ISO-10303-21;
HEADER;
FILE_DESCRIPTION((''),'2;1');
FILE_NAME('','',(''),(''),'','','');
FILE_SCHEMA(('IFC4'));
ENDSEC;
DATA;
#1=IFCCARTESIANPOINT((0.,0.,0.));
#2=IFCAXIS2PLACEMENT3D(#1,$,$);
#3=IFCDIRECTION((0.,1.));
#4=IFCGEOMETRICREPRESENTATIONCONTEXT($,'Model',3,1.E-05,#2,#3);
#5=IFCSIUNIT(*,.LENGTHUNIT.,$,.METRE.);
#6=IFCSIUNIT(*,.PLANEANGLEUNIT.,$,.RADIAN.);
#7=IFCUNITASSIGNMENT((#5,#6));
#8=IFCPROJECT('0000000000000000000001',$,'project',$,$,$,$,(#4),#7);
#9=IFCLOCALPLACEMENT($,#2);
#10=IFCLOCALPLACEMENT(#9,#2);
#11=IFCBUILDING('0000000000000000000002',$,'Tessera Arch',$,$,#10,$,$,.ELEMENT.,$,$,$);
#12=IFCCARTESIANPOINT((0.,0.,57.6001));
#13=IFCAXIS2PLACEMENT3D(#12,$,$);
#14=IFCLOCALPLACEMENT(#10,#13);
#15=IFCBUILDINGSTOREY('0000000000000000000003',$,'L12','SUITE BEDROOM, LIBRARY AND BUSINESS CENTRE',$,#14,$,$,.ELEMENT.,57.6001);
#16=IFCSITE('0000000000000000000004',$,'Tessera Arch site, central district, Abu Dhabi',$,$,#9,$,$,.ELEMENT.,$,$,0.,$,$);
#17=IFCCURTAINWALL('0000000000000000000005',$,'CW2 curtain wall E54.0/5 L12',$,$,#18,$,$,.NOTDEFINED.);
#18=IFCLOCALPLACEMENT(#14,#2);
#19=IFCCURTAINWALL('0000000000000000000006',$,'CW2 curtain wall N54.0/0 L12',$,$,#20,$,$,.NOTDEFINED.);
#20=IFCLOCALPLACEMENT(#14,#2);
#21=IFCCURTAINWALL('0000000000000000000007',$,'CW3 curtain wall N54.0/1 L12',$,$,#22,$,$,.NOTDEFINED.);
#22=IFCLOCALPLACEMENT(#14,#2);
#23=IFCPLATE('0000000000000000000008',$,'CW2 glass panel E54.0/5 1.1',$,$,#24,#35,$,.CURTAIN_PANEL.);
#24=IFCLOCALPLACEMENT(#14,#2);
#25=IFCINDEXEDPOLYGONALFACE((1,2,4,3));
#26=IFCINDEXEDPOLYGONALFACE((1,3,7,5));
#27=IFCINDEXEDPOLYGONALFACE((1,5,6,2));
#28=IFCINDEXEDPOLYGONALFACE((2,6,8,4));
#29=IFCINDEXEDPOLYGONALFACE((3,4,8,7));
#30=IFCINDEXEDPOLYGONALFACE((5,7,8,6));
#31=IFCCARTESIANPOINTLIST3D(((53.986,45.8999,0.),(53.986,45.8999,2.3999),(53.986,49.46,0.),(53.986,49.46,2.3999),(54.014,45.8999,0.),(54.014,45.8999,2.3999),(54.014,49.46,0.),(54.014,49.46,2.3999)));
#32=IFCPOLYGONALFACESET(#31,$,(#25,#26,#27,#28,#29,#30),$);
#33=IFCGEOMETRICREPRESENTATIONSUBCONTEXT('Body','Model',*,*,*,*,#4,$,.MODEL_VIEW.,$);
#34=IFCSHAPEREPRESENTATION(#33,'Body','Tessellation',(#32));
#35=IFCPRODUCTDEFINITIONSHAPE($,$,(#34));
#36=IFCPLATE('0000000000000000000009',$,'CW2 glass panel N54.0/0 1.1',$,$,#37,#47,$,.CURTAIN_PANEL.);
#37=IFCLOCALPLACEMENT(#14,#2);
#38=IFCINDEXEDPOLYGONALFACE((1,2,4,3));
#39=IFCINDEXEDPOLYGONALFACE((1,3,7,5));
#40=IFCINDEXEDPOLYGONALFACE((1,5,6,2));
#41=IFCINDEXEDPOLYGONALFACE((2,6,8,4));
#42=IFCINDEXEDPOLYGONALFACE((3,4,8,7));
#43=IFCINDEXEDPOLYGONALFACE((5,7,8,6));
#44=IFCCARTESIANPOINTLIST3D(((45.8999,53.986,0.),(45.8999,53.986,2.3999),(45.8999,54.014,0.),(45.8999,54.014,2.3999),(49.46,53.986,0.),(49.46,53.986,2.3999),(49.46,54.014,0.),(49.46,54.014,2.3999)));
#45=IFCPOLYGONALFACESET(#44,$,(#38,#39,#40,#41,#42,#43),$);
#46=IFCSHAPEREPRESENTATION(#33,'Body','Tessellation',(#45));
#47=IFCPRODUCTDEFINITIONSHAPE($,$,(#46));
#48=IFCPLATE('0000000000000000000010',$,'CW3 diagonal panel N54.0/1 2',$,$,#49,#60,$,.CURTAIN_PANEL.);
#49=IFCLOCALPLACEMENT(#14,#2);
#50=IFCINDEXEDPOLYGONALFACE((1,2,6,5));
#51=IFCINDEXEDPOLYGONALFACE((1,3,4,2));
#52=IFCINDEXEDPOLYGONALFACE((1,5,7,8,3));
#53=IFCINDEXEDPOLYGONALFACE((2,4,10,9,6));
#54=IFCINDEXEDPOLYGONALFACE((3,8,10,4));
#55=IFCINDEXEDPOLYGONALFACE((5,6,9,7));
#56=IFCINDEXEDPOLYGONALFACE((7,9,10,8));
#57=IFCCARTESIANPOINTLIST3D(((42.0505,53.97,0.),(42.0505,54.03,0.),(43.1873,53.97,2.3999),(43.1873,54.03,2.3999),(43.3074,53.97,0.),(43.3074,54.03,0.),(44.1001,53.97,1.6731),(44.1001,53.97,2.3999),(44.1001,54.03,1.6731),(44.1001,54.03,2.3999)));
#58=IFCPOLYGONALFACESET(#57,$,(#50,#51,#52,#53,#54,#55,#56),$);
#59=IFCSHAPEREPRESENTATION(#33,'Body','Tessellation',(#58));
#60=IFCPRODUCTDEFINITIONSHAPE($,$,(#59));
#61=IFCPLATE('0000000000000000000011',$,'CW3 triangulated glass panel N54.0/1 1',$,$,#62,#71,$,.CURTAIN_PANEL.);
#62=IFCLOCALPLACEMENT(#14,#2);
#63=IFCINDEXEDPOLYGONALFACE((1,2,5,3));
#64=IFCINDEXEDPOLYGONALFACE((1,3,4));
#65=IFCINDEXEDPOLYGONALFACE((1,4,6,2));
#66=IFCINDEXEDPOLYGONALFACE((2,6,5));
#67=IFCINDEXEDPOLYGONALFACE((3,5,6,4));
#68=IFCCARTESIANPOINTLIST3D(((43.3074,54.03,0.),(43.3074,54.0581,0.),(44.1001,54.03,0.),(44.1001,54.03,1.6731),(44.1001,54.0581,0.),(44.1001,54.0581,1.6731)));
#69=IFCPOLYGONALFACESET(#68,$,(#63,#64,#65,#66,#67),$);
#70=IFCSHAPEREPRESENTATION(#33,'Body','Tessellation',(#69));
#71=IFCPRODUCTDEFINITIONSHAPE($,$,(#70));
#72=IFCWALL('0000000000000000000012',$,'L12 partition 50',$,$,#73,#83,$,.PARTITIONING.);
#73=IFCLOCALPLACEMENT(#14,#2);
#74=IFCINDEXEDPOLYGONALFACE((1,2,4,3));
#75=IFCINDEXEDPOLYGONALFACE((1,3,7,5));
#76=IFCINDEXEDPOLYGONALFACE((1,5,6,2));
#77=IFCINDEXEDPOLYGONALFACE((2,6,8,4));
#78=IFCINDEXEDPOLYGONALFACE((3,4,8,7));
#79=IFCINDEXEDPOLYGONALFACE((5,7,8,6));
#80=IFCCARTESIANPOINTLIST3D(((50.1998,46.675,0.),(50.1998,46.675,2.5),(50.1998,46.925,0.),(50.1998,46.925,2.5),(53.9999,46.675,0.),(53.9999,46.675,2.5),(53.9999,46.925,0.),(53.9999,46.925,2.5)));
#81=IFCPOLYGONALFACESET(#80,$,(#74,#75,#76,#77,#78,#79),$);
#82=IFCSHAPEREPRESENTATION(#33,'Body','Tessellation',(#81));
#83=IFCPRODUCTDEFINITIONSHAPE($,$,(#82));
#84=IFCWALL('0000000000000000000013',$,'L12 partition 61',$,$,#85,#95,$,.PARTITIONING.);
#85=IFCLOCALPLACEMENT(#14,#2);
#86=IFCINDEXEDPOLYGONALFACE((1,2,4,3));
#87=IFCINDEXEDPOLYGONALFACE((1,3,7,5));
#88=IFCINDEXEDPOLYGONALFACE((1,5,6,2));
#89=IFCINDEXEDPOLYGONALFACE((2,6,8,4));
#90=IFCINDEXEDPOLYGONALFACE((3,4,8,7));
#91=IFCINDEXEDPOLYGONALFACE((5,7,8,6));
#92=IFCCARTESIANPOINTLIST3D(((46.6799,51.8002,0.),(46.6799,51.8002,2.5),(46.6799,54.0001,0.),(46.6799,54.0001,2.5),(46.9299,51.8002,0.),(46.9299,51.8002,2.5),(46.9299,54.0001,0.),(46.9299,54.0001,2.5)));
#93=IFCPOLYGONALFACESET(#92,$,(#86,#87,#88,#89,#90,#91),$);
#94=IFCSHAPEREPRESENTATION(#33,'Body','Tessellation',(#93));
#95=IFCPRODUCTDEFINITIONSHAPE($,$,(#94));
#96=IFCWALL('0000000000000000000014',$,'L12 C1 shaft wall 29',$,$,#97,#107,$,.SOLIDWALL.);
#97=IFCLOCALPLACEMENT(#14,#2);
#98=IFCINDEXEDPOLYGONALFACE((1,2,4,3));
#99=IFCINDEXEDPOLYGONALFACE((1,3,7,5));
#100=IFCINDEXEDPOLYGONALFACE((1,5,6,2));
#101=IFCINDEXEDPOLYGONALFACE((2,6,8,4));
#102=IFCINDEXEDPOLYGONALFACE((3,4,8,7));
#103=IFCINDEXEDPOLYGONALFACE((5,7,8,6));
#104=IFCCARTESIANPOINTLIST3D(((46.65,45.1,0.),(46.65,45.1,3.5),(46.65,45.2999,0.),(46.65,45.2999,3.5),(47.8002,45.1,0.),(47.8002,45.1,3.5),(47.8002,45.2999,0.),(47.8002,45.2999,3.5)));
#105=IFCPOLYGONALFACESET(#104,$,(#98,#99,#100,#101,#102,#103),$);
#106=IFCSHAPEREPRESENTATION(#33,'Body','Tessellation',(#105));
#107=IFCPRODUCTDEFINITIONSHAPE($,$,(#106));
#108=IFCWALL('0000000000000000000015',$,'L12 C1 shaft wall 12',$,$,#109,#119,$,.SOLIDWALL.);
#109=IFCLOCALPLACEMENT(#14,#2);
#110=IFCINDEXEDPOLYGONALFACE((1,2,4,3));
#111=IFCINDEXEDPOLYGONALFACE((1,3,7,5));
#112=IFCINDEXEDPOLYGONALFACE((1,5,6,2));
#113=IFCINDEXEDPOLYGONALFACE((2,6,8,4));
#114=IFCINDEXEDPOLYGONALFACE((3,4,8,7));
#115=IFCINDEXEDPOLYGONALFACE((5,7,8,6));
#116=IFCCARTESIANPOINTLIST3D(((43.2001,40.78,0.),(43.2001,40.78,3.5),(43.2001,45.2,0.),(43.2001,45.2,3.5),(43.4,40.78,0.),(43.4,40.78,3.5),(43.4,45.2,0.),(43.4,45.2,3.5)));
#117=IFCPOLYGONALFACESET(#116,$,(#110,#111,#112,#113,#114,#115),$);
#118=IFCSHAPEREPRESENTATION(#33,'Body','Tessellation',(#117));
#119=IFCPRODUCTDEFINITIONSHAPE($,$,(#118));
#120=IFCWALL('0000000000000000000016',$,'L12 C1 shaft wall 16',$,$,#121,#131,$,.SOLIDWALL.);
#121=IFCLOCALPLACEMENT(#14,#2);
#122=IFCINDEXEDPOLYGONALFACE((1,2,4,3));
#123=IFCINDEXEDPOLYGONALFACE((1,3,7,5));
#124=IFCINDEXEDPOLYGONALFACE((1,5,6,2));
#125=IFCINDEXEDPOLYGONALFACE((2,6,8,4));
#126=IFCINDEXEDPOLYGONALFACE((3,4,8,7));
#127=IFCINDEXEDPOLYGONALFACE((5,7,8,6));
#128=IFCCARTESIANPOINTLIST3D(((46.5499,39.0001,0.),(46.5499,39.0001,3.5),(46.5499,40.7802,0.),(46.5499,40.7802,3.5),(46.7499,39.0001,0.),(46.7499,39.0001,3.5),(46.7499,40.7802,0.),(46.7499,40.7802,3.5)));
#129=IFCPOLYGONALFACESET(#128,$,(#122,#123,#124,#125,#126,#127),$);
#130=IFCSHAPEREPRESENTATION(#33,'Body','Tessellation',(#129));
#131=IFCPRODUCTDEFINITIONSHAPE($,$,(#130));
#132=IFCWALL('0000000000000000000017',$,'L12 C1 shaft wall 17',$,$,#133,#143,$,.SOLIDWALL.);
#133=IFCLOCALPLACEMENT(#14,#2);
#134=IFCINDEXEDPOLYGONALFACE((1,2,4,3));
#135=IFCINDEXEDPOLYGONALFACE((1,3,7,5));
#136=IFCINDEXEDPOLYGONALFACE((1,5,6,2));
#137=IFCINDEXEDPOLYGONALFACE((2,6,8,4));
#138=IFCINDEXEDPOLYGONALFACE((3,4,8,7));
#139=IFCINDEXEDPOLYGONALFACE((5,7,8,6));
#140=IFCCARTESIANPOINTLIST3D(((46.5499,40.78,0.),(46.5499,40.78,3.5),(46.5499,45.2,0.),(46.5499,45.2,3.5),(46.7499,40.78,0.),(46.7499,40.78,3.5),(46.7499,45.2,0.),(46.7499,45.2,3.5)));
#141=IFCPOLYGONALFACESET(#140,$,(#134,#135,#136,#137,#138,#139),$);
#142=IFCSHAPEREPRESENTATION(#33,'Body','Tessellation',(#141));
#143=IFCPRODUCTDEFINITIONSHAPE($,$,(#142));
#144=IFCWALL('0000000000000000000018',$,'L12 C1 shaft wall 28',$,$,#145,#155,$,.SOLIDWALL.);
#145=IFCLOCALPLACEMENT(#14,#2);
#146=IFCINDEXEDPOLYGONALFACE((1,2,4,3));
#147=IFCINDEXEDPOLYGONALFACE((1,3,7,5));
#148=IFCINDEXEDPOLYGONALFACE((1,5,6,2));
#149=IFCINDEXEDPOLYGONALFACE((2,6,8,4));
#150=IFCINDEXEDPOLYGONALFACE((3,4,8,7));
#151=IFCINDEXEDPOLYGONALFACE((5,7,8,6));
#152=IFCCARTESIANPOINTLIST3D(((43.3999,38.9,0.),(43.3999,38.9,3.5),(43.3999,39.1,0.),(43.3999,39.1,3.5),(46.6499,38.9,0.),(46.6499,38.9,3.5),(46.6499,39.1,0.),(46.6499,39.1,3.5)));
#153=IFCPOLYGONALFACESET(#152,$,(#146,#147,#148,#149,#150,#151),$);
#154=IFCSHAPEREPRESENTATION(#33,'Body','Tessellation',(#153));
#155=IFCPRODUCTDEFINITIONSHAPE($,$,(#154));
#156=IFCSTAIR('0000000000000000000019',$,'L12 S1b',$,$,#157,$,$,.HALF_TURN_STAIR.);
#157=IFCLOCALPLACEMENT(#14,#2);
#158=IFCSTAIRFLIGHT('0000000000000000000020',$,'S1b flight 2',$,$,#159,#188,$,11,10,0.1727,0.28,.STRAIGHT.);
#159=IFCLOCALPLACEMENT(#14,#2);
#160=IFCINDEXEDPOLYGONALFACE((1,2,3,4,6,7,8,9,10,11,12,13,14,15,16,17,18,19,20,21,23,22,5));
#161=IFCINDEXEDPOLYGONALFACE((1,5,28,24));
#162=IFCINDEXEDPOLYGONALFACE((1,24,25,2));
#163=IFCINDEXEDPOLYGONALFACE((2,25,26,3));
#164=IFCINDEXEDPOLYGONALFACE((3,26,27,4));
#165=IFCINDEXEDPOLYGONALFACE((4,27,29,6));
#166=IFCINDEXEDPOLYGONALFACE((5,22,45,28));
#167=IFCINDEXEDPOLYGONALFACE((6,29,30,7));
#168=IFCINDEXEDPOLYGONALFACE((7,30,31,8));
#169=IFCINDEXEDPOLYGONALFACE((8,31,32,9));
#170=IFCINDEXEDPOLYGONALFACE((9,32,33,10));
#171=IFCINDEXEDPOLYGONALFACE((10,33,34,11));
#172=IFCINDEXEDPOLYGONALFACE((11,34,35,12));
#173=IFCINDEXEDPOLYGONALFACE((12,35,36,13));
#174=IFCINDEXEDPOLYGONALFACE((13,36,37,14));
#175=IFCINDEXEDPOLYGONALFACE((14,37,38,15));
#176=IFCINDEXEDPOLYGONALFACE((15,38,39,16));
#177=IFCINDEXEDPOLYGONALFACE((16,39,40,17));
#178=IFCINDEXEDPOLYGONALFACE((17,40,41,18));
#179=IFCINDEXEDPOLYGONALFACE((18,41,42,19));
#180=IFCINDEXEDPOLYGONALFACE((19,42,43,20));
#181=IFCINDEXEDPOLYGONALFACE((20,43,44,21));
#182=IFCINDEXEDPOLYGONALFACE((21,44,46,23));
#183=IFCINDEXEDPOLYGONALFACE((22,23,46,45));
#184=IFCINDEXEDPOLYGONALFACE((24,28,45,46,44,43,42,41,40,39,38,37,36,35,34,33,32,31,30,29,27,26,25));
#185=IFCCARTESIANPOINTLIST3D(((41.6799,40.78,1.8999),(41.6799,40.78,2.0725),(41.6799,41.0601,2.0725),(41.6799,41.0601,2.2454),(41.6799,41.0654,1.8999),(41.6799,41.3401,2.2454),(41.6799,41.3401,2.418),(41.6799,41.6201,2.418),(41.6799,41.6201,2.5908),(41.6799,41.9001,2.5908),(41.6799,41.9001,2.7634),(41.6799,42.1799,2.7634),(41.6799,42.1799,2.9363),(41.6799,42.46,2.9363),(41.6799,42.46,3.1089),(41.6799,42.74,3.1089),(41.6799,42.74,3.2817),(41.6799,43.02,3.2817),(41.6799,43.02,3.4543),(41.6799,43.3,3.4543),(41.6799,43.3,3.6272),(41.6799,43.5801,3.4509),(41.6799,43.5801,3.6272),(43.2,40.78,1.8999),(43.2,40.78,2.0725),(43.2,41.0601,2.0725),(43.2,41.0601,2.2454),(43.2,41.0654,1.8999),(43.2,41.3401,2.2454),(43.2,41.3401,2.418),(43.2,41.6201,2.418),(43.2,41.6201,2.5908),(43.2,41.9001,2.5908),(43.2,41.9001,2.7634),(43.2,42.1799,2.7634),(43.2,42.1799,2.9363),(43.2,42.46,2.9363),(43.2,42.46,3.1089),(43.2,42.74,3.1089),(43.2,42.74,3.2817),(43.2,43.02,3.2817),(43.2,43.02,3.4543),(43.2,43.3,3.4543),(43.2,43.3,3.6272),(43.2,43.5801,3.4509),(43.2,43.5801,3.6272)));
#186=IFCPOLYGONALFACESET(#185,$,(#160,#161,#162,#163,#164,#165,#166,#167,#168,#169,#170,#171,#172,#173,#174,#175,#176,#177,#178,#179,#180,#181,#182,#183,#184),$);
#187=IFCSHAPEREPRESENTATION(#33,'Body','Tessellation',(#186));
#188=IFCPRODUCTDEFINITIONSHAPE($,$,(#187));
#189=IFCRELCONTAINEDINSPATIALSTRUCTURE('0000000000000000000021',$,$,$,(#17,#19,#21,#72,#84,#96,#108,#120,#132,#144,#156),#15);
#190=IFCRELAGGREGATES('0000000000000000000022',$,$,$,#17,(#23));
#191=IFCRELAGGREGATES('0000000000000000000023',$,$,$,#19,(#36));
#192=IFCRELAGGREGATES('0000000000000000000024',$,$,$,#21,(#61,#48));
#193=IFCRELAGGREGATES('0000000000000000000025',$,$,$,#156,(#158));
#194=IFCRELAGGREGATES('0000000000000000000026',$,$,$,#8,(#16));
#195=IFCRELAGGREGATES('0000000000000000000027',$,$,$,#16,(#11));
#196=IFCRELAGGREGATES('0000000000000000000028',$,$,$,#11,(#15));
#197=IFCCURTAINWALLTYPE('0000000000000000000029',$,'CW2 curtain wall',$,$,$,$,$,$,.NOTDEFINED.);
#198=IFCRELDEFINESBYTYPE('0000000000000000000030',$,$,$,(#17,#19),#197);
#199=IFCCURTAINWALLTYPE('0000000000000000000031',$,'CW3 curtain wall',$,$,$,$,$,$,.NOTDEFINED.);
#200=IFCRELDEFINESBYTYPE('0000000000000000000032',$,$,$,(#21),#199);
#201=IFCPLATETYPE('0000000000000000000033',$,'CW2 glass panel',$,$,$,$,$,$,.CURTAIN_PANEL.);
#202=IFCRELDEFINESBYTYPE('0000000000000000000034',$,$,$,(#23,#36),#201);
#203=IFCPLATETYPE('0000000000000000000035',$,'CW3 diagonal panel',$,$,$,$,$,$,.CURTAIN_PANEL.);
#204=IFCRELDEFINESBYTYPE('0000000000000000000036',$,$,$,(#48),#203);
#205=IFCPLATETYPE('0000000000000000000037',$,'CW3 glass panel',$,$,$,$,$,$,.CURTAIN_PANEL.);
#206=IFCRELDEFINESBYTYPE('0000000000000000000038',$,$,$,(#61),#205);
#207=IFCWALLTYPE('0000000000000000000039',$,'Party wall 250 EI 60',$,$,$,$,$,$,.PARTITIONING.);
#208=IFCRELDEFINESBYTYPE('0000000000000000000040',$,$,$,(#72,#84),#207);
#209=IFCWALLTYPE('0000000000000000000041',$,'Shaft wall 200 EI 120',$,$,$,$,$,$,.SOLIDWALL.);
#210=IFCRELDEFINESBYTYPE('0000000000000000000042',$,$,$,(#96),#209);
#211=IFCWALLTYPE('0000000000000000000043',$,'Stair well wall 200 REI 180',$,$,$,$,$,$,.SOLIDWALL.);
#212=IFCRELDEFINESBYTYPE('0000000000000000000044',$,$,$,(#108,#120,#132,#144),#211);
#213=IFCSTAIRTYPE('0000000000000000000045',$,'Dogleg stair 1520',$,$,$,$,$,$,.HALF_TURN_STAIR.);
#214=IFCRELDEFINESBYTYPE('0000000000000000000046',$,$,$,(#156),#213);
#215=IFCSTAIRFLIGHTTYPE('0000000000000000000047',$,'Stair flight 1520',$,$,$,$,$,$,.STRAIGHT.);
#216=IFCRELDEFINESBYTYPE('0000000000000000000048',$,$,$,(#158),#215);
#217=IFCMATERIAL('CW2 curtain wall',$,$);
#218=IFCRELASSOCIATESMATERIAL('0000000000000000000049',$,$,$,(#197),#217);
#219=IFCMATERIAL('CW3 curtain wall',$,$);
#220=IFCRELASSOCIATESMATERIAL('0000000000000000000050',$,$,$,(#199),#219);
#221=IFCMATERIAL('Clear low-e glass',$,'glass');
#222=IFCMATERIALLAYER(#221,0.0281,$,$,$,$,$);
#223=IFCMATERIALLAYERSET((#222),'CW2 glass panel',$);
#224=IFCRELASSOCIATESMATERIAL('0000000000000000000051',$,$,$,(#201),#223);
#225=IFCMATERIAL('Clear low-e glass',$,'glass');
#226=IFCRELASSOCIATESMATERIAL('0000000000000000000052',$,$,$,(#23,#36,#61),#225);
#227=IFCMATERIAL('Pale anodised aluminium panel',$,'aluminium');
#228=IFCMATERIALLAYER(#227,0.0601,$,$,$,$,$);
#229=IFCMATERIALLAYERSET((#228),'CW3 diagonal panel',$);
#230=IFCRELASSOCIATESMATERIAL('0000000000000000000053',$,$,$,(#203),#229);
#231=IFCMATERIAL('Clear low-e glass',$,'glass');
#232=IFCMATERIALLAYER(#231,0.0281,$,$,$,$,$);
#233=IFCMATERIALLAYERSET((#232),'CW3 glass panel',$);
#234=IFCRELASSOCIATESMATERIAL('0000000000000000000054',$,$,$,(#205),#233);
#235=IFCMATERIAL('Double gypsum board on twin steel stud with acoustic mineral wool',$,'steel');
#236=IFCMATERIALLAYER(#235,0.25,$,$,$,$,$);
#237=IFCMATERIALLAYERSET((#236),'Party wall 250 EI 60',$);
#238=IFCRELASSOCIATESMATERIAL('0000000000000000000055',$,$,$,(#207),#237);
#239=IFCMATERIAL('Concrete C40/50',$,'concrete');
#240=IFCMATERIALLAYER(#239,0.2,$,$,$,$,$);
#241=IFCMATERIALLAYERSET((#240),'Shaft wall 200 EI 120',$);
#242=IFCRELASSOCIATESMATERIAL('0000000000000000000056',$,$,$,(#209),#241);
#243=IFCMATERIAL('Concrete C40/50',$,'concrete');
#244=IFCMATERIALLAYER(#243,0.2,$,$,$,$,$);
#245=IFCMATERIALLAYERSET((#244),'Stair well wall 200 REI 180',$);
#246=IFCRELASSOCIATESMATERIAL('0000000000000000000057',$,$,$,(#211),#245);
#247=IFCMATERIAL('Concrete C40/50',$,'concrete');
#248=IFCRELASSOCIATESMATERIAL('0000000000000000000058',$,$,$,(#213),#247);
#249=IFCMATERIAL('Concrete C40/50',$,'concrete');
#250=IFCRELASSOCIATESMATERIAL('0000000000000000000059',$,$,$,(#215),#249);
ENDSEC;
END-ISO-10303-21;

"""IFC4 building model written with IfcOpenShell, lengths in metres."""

from ifc_helpers import new_model, si_unit, direction, frame, frame_2d, origin, origin_2d, place, context, subcontext, project, spatial, polyline, rectangle, outline, extrude, material, layer, layer_set, type_object, element, aggregate, save


model = new_model("IFC4")

# Units and contexts
model_context = context("Model", 3, precision=1e-05, world=origin(), true_north=direction((0.0, 1.0)))
body_context = subcontext(model_context, "Body", "Model", "MODEL_VIEW")
ifc_project = project(units=[si_unit("LENGTHUNIT", "METRE"), si_unit("PLANEANGLEUNIT", "RADIAN")], contexts=[model_context])

# Site, building, storey
site_placement = place(None, origin())
site = spatial("IfcSite", under=ifc_project, at=site_placement, Name="Tessera Arch site, central district, Abu Dhabi", CompositionType="ELEMENT", RefElevation=0.0)
building_placement = place(site_placement, origin())
building = spatial("IfcBuilding", under=site, at=building_placement, Name="Tessera Arch", CompositionType="ELEMENT")
storey_placement = place(building_placement, frame((0.0, 0.0, 57.6001)))
storey = spatial("IfcBuildingStorey", under=building, at=storey_placement, Name="L12", Description="SUITE BEDROOM, LIBRARY AND BUSINESS CENTRE", CompositionType="ELEMENT", Elevation=57.6001)

# Curtain walls
ifc_material_1 = material(Name="CW2 curtain wall")
curtain_wall_type_1 = type_object("IfcCurtainWallType", Name="CW2 curtain wall", PredefinedType="NOTDEFINED", material=ifc_material_1)
curtain_wall_1_placement = place(storey_placement, origin())
curtain_wall_1 = element("IfcCurtainWall", 1, at=curtain_wall_1_placement, inside=storey, type_object=curtain_wall_type_1, Name="CW2 curtain wall E54.0/5 L12", PredefinedType="NOTDEFINED")
curtain_wall_2_placement = place(storey_placement, origin())
curtain_wall_2 = element("IfcCurtainWall", 2, at=curtain_wall_2_placement, inside=storey, type_object=curtain_wall_type_1, Name="CW2 curtain wall N54.0/0 L12", PredefinedType="NOTDEFINED")
ifc_material_2 = material(Name="CW3 curtain wall")
curtain_wall_type_2 = type_object("IfcCurtainWallType", Name="CW3 curtain wall", PredefinedType="NOTDEFINED", material=ifc_material_2)
curtain_wall_3_placement = place(storey_placement, origin())
curtain_wall_3 = element("IfcCurtainWall", 3, at=curtain_wall_3_placement, inside=storey, type_object=curtain_wall_type_2, Name="CW3 curtain wall N54.0/1 L12", PredefinedType="NOTDEFINED")

# Plates
ifc_material_3 = material(Name="Clear low-e glass", Category="glass")
ifc_material_4 = material(Name="Clear low-e glass", Category="glass")
ifc_layer_1 = layer(ifc_material_4, 0.0281)
ifc_layer_set_1 = layer_set([ifc_layer_1], Name="CW2 glass panel")
plate_type_1 = type_object("IfcPlateType", Name="CW2 glass panel", PredefinedType="CURTAIN_PANEL", material=ifc_layer_set_1)
plate_1_placement = place(storey_placement, frame((54.0, 47.6799, 0.0), z_axis=(0.0, 0.0, 1.0), x_axis=(0.0, 1.0, 0.0)))
plate_1 = element("IfcPlate", 4, at=plate_1_placement, type_object=plate_type_1, material=ifc_material_3, Name="CW2 glass panel E54.0/5 1.1", PredefinedType="CURTAIN_PANEL", context=body_context, shape_type="SweptSolid", body=[
    extrude(rectangle(XDim=3.5601, YDim=0.0281, at=origin_2d()), origin(), (0.0, 0.0, 1.0), 2.3999),
])
aggregate(curtain_wall_1, [plate_1])
plate_2_placement = place(storey_placement, frame((47.6799, 54.0, 0.0), z_axis=(0.0, 0.0, 1.0), x_axis=(-1.0, 0.0, 0.0)))
plate_2 = element("IfcPlate", 5, at=plate_2_placement, type_object=plate_type_1, material=ifc_material_3, Name="CW2 glass panel N54.0/0 1.1", PredefinedType="CURTAIN_PANEL", context=body_context, shape_type="SweptSolid", body=[
    extrude(rectangle(XDim=3.5601, YDim=0.0281, at=origin_2d()), origin(), (0.0, 0.0, 1.0), 2.3999),
])
aggregate(curtain_wall_2, [plate_2])
ifc_material_5 = material(Name="Pale anodised aluminium panel", Category="aluminium")
ifc_layer_2 = layer(ifc_material_5, 0.0601)
ifc_layer_set_2 = layer_set([ifc_layer_2], Name="CW3 diagonal panel")
plate_type_2 = type_object("IfcPlateType", Name="CW3 diagonal panel", PredefinedType="CURTAIN_PANEL", material=ifc_layer_set_2)
plate_3_placement = place(storey_placement, frame((44.1001, 54.03, 2.3999), z_axis=(0.0, 1.0, 0.0), x_axis=(0.0, 0.0, -1.0)))
plate_3 = element("IfcPlate", 6, at=plate_3_placement, type_object=plate_type_2, Name="CW3 diagonal panel N54.0/1 2", PredefinedType="CURTAIN_PANEL", context=body_context, shape_type="SweptSolid", body=[
    extrude(outline(polyline([(0.0, 0.0), (0.7268, 0.0), (2.3999, 0.7927), (2.3999, 2.0496), (0.0, 0.9128), (0.0, 0.0)])), origin(), (0.0, 0.0, -1.0), 0.0601),
])
ifc_material_6 = material(Name="Clear low-e glass", Category="glass")
ifc_layer_3 = layer(ifc_material_6, 0.0281)
ifc_layer_set_3 = layer_set([ifc_layer_3], Name="CW3 glass panel")
plate_type_3 = type_object("IfcPlateType", Name="CW3 glass panel", PredefinedType="CURTAIN_PANEL", material=ifc_layer_set_3)
plate_4_placement = place(storey_placement, frame((44.1001, 54.0581, 0.0), z_axis=(0.0, 1.0, 0.0), x_axis=(-1.0, 0.0, 0.0)))
plate_4 = element("IfcPlate", 7, at=plate_4_placement, type_object=plate_type_3, material=ifc_material_3, Name="CW3 triangulated glass panel N54.0/1 1", PredefinedType="CURTAIN_PANEL", context=body_context, shape_type="SweptSolid", body=[
    extrude(outline(polyline([(0.0, 0.0), (0.7927, 0.0), (0.0, 1.6731), (0.0, 0.0)])), origin(), (0.0, 0.0, -1.0), 0.0281),
])
aggregate(curtain_wall_3, [plate_4, plate_3])

# Walls
ifc_material_7 = material(Name="Double gypsum board on twin steel stud with acoustic mineral wool", Category="steel")
ifc_layer_4 = layer(ifc_material_7, 0.25)
ifc_layer_set_4 = layer_set([ifc_layer_4], Name="Party wall 250 EI 60")
wall_type_1 = type_object("IfcWallType", Name="Party wall 250 EI 60", PredefinedType="PARTITIONING", material=ifc_layer_set_4)
wall_1_placement = place(storey_placement, frame((50.2, 46.8, 0.0), z_axis=(0.0, 0.0, 1.0), x_axis=(1.0, 0.0, 0.0)))
element("IfcWall", 8, at=wall_1_placement, inside=storey, type_object=wall_type_1, Name="L12 partition 50", PredefinedType="PARTITIONING", context=body_context, shape_type="SweptSolid", body=[
    extrude(rectangle(XDim=3.8, YDim=0.25, at=frame_2d((1.8999, 0.0))), origin(), (0.0, 0.0, 1.0), 2.5),
])
wall_2_placement = place(storey_placement, frame((46.8049, 51.8, 0.0), z_axis=(0.0, 0.0, 1.0), x_axis=(0.0, 1.0, 0.0)))
element("IfcWall", 9, at=wall_2_placement, inside=storey, type_object=wall_type_1, Name="L12 partition 61", PredefinedType="PARTITIONING", context=body_context, shape_type="SweptSolid", body=[
    extrude(rectangle(XDim=2.2, YDim=0.25, at=frame_2d((1.1001, 0.0))), origin(), (0.0, 0.0, 1.0), 2.5),
])
ifc_material_8 = material(Name="Concrete C40/50", Category="concrete")
ifc_layer_5 = layer(ifc_material_8, 0.2)
ifc_layer_set_5 = layer_set([ifc_layer_5], Name="Shaft wall 200 EI 120")
wall_type_2 = type_object("IfcWallType", Name="Shaft wall 200 EI 120", PredefinedType="SOLIDWALL", material=ifc_layer_set_5)
wall_3_placement = place(storey_placement, frame((46.6499, 45.2, 0.0), z_axis=(0.0, 0.0, 1.0), x_axis=(1.0, 0.0, 0.0)))
element("IfcWall", 10, at=wall_3_placement, inside=storey, type_object=wall_type_2, Name="L12 C1 shaft wall 29", PredefinedType="SOLIDWALL", context=body_context, shape_type="SweptSolid", body=[
    extrude(rectangle(XDim=1.1501, YDim=0.2, at=frame_2d((0.5752, 0.0))), origin(), (0.0, 0.0, 1.0), 3.5),
])
ifc_material_9 = material(Name="Concrete C40/50", Category="concrete")
ifc_layer_6 = layer(ifc_material_9, 0.2)
ifc_layer_set_6 = layer_set([ifc_layer_6], Name="Stair well wall 200 REI 180")
wall_type_3 = type_object("IfcWallType", Name="Stair well wall 200 REI 180", PredefinedType="SOLIDWALL", material=ifc_layer_set_6)
wall_4_placement = place(storey_placement, frame((43.3, 40.78, 0.0), z_axis=(0.0, 0.0, 1.0), x_axis=(0.0, 1.0, 0.0)))
element("IfcWall", 11, at=wall_4_placement, inside=storey, type_object=wall_type_3, Name="L12 C1 shaft wall 12", PredefinedType="SOLIDWALL", context=body_context, shape_type="SweptSolid", body=[
    extrude(rectangle(XDim=4.4199, YDim=0.2, at=frame_2d((2.21, 0.0))), origin(), (0.0, 0.0, 1.0), 3.5),
])
wall_5_placement = place(storey_placement, frame((46.6499, 39.0, 0.0), z_axis=(0.0, 0.0, 1.0), x_axis=(0.0, 1.0, 0.0)))
element("IfcWall", 12, at=wall_5_placement, inside=storey, type_object=wall_type_3, Name="L12 C1 shaft wall 16", PredefinedType="SOLIDWALL", context=body_context, shape_type="SweptSolid", body=[
    extrude(rectangle(XDim=1.78, YDim=0.2, at=frame_2d((0.8901, 0.0))), origin(), (0.0, 0.0, 1.0), 3.5),
])
wall_6_placement = place(storey_placement, frame((46.6499, 40.78, 0.0), z_axis=(0.0, 0.0, 1.0), x_axis=(0.0, 1.0, 0.0)))
element("IfcWall", 13, at=wall_6_placement, inside=storey, type_object=wall_type_3, Name="L12 C1 shaft wall 17", PredefinedType="SOLIDWALL", context=body_context, shape_type="SweptSolid", body=[
    extrude(rectangle(XDim=4.4199, YDim=0.2, at=frame_2d((2.21, 0.0))), origin(), (0.0, 0.0, 1.0), 3.5),
])
wall_7_placement = place(storey_placement, frame((43.3999, 39.0, 0.0), z_axis=(0.0, 0.0, 1.0), x_axis=(1.0, 0.0, 0.0)))
element("IfcWall", 14, at=wall_7_placement, inside=storey, type_object=wall_type_3, Name="L12 C1 shaft wall 28", PredefinedType="SOLIDWALL", context=body_context, shape_type="SweptSolid", body=[
    extrude(rectangle(XDim=3.25, YDim=0.2, at=frame_2d((1.625, 0.0))), origin(), (0.0, 0.0, 1.0), 3.5),
])

# Stair, stair flight
ifc_material_10 = material(Name="Concrete C40/50", Category="concrete")
stair_type = type_object("IfcStairType", Name="Dogleg stair 1520", PredefinedType="HALF_TURN_STAIR", material=ifc_material_10)
stair_1_placement = place(storey_placement, origin())
stair_1 = element("IfcStair", 15, at=stair_1_placement, inside=storey, type_object=stair_type, Name="L12 S1b", PredefinedType="HALF_TURN_STAIR")
ifc_material_11 = material(Name="Concrete C40/50", Category="concrete")
stair_flight_type = type_object("IfcStairFlightType", Name="Stair flight 1520", PredefinedType="STRAIGHT", material=ifc_material_11)
stair_flight_1_placement = place(storey_placement, frame((42.4399, 40.78, 1.8999), z_axis=(0.0, 0.0, 1.0), x_axis=(0.0, 1.0, 0.0)))
stair_flight_1 = element("IfcStairFlight", 16, at=stair_flight_1_placement, type_object=stair_flight_type, Name="S1b flight 2", NumberOfRisers=11, NumberOfTreads=10, PredefinedType="STRAIGHT", RiserHeight=0.1727, TreadLength=0.28, context=body_context, shape_type="SweptSolid", body=[
    extrude(outline(polyline([(0.0, 0.0), (0.0, 0.1726), (0.28, 0.1726), (0.28, 0.3455), (0.5601, 0.3455), (0.5601, 0.5181), (0.8401, 0.5181), (0.8401, 0.6909), (1.1201, 0.6909), (1.1201, 0.8635), (1.3999, 0.8635), (1.3999, 1.0364), (1.6799, 1.0364), (1.6799, 1.209), (1.96, 1.209), (1.96, 1.3818), (2.24, 1.3818), (2.24, 1.5544), (2.52, 1.5544), (2.52, 1.7273), (2.8, 1.7273), (2.8, 1.8999), (2.8, 1.551), (0.2854, 0.0), (0.0, 0.0)])), frame((0.0, 0.76, 0.0), z_axis=(0.0, -1.0, 0.0), x_axis=(1.0, 0.0, 0.0)), (0.0, 0.0, 1.0), 1.52),
])
aggregate(stair_1, [stair_flight_1])

save(model, "model.ifc")
